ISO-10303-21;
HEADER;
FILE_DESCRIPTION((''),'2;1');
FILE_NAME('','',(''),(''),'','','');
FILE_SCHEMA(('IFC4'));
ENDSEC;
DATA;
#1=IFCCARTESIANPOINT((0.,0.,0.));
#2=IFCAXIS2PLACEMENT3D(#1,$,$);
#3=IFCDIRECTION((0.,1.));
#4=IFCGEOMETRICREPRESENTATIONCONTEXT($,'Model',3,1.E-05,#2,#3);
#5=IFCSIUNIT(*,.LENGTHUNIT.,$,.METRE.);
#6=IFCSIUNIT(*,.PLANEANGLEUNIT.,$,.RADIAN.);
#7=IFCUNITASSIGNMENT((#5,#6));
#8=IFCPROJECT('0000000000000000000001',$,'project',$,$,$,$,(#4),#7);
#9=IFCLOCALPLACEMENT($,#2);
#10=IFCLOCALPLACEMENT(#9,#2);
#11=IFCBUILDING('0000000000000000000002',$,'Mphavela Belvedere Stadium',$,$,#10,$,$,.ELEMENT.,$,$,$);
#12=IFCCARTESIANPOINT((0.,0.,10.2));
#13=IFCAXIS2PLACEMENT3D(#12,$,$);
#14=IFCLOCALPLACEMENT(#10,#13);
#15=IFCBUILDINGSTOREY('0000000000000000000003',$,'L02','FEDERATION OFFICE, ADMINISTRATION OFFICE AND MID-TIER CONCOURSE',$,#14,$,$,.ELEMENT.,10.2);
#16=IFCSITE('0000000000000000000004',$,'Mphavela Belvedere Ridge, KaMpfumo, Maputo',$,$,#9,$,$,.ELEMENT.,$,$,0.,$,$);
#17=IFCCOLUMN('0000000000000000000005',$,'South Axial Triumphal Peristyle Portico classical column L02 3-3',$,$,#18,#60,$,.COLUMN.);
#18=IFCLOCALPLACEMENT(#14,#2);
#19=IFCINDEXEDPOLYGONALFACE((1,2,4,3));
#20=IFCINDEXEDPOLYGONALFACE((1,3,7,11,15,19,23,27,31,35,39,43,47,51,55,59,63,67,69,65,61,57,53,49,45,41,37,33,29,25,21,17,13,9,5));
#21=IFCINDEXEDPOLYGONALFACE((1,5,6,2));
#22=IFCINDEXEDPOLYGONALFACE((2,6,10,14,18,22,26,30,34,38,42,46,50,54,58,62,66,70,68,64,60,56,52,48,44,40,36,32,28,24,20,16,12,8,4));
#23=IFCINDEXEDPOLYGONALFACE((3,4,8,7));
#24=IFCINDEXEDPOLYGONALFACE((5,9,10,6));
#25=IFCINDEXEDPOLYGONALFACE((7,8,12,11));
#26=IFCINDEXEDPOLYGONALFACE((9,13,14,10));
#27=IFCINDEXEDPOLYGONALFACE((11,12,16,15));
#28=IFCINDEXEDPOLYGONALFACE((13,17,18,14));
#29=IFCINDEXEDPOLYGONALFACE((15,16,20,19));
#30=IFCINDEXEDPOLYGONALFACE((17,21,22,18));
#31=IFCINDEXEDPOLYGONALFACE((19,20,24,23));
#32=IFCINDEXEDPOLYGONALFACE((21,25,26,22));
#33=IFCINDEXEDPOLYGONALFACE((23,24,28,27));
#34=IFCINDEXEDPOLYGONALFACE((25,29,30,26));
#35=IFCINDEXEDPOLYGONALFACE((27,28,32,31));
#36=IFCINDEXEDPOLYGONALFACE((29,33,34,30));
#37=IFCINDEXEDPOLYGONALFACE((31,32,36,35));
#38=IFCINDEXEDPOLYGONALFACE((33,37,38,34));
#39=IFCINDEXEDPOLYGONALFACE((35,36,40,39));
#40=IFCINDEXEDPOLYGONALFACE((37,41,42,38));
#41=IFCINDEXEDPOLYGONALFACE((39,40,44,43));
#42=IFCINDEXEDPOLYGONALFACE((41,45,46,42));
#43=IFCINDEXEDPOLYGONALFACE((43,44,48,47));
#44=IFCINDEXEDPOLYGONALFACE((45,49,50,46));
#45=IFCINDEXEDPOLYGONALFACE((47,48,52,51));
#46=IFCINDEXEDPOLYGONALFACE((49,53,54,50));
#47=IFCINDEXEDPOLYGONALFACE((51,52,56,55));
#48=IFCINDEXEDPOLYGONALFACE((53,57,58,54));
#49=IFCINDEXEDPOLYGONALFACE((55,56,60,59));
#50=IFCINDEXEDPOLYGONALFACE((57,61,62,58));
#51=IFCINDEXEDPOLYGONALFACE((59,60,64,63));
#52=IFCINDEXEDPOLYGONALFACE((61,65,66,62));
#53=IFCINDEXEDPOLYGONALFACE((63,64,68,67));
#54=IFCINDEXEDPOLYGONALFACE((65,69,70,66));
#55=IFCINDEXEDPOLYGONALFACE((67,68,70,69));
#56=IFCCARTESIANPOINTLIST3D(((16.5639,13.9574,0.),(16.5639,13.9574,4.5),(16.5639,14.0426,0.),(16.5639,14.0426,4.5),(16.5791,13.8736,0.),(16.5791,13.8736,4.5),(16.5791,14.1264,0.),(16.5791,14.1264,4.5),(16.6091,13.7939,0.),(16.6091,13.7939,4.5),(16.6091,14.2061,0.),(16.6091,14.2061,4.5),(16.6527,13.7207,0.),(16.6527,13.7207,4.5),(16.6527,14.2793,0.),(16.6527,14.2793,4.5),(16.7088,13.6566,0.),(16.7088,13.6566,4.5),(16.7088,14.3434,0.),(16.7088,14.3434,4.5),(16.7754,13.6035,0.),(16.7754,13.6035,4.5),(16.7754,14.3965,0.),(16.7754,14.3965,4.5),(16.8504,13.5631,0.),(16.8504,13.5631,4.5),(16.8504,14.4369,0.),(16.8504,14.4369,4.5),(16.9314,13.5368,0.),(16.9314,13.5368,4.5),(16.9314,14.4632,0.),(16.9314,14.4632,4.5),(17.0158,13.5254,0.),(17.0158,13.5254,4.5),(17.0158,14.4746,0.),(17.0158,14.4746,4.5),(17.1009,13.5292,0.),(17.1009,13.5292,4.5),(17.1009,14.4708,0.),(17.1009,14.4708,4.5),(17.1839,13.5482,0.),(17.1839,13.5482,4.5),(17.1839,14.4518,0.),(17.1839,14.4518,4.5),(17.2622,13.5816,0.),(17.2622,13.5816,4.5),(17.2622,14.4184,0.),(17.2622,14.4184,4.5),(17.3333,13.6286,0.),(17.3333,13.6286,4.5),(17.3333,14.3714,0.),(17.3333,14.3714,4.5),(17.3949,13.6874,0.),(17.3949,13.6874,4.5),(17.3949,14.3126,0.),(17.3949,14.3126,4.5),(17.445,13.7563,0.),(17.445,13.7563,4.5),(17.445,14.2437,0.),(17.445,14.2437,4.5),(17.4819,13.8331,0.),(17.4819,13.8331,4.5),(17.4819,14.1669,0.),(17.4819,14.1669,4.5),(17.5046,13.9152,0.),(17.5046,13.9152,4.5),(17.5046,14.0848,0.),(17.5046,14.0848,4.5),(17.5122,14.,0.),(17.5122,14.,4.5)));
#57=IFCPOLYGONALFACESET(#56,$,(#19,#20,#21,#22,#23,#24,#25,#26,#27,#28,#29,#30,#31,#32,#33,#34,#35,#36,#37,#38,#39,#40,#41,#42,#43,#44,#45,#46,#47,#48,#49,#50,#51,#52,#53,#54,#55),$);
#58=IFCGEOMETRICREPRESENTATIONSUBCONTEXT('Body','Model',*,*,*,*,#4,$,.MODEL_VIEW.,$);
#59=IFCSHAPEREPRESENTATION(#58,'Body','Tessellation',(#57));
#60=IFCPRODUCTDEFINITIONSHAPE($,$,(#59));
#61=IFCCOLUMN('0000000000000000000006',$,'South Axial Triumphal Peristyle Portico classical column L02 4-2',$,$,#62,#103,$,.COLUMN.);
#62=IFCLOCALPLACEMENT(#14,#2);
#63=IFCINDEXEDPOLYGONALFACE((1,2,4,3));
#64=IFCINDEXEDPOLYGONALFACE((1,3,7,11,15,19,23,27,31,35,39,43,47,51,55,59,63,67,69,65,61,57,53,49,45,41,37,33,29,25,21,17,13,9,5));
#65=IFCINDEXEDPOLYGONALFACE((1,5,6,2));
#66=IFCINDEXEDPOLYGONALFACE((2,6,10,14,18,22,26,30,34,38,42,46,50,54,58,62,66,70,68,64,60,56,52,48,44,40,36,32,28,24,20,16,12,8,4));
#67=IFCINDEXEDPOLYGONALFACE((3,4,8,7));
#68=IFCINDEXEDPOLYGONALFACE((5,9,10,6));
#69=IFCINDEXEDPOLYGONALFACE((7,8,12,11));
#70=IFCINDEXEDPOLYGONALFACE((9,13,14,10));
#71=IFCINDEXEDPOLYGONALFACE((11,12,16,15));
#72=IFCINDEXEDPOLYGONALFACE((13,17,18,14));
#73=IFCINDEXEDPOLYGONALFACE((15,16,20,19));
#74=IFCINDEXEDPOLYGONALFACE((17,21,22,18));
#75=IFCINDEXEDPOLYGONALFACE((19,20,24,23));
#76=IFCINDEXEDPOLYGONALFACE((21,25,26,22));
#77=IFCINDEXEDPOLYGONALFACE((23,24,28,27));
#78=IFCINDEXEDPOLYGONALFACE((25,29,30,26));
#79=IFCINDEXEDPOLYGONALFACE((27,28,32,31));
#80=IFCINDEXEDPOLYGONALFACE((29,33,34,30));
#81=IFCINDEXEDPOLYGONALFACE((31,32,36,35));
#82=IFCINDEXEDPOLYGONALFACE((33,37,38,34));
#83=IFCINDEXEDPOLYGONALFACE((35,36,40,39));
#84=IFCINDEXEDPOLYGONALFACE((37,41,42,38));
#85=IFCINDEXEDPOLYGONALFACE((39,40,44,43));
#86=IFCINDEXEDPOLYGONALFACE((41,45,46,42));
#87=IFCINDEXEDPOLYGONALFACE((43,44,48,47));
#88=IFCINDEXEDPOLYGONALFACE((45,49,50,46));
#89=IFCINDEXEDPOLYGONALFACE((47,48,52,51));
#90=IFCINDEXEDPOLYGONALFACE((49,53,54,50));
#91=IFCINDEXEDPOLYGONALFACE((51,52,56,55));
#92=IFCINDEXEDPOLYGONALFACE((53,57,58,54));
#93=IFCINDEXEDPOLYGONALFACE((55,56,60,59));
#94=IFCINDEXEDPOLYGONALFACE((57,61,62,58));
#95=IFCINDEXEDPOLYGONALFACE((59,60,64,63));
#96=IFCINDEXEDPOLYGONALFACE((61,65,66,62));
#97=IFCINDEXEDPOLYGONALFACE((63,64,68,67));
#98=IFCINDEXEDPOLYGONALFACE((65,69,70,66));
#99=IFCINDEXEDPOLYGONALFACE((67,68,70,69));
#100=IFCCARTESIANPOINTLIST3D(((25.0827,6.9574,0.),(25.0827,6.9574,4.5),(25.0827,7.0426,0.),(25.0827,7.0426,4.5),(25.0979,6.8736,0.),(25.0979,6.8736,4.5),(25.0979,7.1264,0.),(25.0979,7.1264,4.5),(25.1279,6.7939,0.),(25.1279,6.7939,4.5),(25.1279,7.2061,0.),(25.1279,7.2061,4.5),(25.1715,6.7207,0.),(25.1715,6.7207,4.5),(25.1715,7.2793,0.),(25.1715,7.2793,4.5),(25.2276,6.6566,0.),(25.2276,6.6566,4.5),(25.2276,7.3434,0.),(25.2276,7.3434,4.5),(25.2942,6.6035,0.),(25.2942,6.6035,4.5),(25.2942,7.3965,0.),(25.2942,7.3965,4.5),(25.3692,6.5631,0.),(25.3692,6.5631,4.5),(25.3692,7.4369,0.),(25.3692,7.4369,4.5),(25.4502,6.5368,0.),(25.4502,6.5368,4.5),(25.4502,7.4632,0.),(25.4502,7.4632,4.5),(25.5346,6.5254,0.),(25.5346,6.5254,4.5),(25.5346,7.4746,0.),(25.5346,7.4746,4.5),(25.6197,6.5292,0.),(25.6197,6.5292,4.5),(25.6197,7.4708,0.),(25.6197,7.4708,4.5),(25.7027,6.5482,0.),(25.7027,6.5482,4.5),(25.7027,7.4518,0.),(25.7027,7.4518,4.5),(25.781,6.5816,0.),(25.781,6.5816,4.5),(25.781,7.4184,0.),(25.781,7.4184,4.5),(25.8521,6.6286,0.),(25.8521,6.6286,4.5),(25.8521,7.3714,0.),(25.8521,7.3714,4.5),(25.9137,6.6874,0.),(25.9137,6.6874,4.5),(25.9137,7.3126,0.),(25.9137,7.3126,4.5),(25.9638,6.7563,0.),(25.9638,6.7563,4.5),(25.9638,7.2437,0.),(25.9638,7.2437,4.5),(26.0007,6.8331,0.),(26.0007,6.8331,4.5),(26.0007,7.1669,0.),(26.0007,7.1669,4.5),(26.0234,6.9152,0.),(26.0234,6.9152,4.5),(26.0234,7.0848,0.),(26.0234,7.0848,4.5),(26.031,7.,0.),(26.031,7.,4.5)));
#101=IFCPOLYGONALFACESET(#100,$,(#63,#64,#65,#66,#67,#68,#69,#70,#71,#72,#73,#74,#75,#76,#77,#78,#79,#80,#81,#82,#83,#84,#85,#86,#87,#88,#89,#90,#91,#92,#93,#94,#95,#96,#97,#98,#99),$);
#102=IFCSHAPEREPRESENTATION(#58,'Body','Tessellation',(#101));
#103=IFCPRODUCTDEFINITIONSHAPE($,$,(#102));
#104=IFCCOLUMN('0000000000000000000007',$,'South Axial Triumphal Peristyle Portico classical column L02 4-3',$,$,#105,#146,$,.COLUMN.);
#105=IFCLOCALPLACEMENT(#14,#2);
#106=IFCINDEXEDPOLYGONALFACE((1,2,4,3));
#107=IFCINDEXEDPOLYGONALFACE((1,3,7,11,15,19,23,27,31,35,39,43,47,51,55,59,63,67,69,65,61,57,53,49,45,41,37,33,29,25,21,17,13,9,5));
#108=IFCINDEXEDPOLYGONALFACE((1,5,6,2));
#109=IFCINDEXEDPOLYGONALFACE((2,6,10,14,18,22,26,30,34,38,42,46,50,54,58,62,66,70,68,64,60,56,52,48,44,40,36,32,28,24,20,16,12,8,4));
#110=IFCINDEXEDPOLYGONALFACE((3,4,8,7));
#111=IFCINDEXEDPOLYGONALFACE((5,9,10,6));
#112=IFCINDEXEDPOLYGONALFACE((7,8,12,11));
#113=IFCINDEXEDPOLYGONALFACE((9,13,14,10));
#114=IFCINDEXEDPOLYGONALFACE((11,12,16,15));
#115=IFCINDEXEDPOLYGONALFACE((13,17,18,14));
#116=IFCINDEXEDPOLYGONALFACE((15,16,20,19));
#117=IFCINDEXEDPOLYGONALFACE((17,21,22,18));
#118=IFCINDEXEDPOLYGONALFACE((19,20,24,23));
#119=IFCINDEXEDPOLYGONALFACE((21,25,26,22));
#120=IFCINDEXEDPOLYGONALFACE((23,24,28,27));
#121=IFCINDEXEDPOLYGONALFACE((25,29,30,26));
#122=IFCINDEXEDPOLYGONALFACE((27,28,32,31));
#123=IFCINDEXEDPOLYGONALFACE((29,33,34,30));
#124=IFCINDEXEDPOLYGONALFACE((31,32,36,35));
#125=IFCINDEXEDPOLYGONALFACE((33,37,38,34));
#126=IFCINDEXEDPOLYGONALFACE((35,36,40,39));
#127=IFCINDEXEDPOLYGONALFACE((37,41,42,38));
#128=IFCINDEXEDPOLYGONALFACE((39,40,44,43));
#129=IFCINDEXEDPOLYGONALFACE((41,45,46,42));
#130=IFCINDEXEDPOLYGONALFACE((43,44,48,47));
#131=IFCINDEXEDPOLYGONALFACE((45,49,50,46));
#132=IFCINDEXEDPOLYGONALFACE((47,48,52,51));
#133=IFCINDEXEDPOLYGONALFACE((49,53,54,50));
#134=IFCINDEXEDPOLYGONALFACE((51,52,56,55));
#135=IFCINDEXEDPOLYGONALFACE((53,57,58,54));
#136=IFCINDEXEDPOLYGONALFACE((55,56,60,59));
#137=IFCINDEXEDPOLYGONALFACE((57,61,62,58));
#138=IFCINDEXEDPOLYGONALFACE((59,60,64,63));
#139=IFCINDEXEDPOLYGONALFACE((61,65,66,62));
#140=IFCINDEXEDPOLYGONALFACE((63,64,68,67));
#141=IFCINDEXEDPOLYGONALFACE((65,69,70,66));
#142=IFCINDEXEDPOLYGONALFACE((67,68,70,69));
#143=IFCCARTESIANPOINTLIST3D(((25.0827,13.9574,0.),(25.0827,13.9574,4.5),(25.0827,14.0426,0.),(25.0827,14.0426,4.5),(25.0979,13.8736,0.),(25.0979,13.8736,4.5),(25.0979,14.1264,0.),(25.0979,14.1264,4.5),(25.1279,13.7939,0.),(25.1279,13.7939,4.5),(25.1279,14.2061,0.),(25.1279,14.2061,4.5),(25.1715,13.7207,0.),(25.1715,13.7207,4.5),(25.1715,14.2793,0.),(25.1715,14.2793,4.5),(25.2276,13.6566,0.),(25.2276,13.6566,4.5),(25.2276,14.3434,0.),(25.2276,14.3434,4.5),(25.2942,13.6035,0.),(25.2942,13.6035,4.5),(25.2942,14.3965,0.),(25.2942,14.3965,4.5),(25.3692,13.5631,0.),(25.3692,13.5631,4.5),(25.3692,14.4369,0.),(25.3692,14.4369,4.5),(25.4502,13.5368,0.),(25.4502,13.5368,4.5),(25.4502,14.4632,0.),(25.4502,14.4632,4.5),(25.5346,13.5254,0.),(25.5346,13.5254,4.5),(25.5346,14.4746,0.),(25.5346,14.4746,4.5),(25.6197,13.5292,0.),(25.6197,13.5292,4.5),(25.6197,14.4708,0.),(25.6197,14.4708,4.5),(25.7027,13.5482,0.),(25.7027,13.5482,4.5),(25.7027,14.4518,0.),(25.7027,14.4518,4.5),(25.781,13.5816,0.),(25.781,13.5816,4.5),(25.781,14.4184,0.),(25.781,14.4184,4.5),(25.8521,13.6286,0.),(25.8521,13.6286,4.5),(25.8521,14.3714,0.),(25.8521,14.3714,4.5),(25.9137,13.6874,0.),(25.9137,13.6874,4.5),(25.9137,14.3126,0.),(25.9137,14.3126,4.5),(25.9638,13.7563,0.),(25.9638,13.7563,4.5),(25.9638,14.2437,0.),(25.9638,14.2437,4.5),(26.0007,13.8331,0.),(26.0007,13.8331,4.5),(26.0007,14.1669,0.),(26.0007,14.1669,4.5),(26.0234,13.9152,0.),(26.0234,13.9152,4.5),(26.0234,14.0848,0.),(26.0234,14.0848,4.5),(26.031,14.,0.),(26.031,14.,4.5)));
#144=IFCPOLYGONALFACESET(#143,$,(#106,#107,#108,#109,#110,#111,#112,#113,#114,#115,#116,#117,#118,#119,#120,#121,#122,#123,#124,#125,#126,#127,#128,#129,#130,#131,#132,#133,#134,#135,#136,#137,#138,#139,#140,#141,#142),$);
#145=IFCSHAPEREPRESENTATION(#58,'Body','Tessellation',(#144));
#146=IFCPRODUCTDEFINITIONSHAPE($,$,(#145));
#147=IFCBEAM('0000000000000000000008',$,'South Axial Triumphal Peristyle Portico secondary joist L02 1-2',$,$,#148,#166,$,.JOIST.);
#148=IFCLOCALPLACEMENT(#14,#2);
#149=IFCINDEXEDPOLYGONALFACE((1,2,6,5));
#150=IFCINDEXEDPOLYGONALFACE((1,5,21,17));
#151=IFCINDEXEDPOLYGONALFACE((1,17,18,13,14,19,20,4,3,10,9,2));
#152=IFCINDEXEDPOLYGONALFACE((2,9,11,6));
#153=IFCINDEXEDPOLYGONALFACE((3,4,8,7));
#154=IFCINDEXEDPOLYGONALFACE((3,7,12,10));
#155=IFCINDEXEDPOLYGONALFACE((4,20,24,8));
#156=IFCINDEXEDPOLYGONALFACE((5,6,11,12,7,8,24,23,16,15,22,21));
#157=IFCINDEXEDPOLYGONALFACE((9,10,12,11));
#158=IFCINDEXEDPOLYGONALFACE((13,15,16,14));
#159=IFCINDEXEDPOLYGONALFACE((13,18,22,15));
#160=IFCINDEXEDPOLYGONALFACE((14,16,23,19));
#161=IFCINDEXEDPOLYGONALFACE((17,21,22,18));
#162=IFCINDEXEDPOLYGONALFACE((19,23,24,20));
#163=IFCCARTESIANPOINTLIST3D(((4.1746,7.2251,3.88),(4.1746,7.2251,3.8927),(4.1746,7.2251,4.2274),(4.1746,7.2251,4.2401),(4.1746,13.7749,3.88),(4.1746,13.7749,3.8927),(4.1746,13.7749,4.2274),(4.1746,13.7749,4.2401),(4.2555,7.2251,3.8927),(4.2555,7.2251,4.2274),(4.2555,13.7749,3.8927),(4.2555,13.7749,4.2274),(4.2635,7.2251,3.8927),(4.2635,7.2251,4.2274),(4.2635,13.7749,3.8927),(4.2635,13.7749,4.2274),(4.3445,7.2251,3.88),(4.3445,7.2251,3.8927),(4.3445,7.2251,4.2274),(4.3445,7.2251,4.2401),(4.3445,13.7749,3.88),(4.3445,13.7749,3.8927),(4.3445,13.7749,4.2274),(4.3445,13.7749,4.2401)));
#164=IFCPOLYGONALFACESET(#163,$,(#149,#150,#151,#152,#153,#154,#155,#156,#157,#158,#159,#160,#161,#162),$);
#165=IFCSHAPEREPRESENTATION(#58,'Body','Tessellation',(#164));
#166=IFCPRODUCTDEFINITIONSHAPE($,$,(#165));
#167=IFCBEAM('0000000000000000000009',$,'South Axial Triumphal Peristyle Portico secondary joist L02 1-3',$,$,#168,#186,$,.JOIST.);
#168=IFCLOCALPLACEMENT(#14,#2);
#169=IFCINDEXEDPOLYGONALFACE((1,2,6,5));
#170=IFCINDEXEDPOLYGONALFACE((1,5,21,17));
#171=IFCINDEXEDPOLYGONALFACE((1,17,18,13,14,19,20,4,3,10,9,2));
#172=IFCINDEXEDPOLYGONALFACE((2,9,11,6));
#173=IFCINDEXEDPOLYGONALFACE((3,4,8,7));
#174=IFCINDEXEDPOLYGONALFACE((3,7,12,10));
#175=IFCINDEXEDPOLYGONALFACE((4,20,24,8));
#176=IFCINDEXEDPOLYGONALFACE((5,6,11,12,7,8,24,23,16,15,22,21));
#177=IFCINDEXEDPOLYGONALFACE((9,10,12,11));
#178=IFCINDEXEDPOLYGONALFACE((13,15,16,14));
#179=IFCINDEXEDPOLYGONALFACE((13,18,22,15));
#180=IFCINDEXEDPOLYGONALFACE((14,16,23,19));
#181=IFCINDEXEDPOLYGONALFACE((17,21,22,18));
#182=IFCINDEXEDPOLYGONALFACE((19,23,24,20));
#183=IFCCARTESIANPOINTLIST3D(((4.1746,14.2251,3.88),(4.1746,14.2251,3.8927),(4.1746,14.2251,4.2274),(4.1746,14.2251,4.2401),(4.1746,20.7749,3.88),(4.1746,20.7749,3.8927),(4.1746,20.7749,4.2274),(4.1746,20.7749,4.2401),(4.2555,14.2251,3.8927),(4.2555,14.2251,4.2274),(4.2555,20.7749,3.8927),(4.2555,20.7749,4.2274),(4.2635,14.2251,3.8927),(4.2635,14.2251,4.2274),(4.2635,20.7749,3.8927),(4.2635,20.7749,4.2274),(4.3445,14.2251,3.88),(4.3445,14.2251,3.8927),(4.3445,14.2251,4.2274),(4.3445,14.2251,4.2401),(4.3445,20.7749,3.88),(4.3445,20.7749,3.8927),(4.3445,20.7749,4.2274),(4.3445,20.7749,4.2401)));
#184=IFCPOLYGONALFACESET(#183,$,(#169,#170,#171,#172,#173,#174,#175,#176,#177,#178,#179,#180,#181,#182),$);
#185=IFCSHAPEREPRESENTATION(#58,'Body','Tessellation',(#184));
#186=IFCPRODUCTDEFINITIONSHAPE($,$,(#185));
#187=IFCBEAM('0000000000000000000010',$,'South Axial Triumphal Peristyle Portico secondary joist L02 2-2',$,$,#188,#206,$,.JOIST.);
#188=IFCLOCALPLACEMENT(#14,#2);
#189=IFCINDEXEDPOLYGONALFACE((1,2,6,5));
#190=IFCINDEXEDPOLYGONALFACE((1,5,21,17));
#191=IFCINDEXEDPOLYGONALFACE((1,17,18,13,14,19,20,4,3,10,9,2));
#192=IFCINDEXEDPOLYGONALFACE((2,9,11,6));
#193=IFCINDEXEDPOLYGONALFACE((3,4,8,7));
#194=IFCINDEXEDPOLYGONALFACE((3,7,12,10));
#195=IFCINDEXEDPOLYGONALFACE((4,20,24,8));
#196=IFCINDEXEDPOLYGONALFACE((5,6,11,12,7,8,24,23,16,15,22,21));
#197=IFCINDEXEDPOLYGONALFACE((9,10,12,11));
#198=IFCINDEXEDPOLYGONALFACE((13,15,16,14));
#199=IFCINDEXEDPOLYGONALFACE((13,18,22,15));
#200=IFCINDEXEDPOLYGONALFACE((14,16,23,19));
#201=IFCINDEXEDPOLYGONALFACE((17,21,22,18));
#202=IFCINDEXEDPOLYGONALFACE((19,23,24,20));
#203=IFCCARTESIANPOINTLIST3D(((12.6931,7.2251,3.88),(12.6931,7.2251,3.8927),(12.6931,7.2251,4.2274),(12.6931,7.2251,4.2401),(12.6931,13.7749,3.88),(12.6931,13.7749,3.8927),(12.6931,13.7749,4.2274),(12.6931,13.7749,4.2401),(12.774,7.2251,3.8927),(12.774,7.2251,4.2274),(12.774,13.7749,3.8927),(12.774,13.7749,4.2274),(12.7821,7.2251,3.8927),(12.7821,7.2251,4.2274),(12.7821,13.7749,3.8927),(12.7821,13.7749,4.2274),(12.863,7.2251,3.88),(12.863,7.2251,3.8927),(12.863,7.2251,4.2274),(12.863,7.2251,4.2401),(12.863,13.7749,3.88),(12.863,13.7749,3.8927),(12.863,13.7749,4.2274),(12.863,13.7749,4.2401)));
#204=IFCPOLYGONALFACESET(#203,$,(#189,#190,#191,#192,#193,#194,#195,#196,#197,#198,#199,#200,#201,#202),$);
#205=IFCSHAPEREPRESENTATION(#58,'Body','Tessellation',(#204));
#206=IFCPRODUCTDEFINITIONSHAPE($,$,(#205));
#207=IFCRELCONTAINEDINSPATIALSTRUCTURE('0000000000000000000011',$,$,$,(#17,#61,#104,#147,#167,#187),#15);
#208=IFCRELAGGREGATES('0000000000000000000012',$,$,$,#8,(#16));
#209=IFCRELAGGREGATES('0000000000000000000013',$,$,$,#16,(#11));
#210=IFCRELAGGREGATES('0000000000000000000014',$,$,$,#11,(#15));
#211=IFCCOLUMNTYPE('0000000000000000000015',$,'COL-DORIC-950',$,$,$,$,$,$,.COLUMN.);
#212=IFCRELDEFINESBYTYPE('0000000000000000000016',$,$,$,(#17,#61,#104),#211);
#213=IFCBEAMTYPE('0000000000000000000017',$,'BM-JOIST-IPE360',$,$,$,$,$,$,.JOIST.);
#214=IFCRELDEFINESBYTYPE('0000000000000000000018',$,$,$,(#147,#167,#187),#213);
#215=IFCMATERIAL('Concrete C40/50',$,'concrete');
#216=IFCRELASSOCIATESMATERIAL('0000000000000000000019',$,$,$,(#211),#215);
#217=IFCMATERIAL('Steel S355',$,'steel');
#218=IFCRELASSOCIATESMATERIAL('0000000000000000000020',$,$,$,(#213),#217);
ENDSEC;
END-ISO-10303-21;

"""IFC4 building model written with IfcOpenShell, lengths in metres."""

from ifc_helpers import new_model, si_unit, direction, frame, origin, origin_2d, place, context, subcontext, project, spatial, circle, i_section, extrude, material, material_profile, profile_set, type_object, element, save


model = new_model("IFC4")

# Units and contexts
model_context = context("Model", 3, precision=1e-05, world=origin(), true_north=direction((0.0, 1.0)))
body_context = subcontext(model_context, "Body", "Model", "MODEL_VIEW")
ifc_project = project(units=[si_unit("LENGTHUNIT", "METRE"), si_unit("PLANEANGLEUNIT", "RADIAN")], contexts=[model_context])

# Site, building, storey
site_placement = place(None, origin())
site = spatial("IfcSite", under=ifc_project, at=site_placement, Name="Mphavela Belvedere Ridge, KaMpfumo, Maputo", CompositionType="ELEMENT", RefElevation=0.0)
building_placement = place(site_placement, origin())
building = spatial("IfcBuilding", under=site, at=building_placement, Name="Mphavela Belvedere Stadium", CompositionType="ELEMENT")
storey_placement = place(building_placement, frame((0.0, 0.0, 10.2)))
storey = spatial("IfcBuildingStorey", under=building, at=storey_placement, Name="L02", Description="FEDERATION OFFICE, ADMINISTRATION OFFICE AND MID-TIER CONCOURSE", CompositionType="ELEMENT", Elevation=10.2)

# Columns
ifc_material_1 = material(Name="Concrete C40/50", Category="concrete")
ifc_material_profile_1 = material_profile(ifc_material_1, circle(Radius=0.4751, at=origin_2d()), Name="COL D950")
ifc_profile_set_1 = profile_set([ifc_material_profile_1], Name="Concrete C40/50")
column_type = type_object("IfcColumnType", Name="COL-DORIC-950", PredefinedType="COLUMN", material=ifc_profile_set_1)
for number, where, z_axis, x_axis, name in (
    (1, (17.0371, 14.0, 0.0), (0.0, 0.0, 1.0), (1.0, 0.0, 0.0), "South Axial Triumphal Peristyle Portico classical column L02 3-3"),
    (2, (25.5559, 7.0, 0.0), (0.0, 0.0, 1.0), (1.0, 0.0, 0.0), "South Axial Triumphal Peristyle Portico classical column L02 4-2"),
    (3, (25.5559, 14.0, 0.0), (0.0, 0.0, 1.0), (1.0, 0.0, 0.0), "South Axial Triumphal Peristyle Portico classical column L02 4-3"),
):
    element("IfcColumn", number, at=place(storey_placement, frame(where, z_axis=z_axis, x_axis=x_axis)), inside=storey, type_object=column_type, Name=name, PredefinedType="COLUMN", context=body_context, shape_type="SweptSolid", body=[
        extrude(circle(Radius=0.4751, at=origin_2d()), origin(), (0.0, 0.0, 1.0), 4.5),
    ])

# Beams
ifc_material_2 = material(Name="Steel S355", Category="steel")
ifc_material_profile_2 = material_profile(ifc_material_2, i_section(OverallWidth=0.1699, OverallDepth=0.3601, WebThickness=0.0081, FlangeThickness=0.0127, at=origin_2d()), Name="IPE 360")
ifc_profile_set_2 = profile_set([ifc_material_profile_2], Name="Steel S355")
beam_type_1 = type_object("IfcBeamType", Name="BM-JOIST-IPE360", PredefinedType="JOIST", material=ifc_profile_set_2)
for number, where, z_axis, x_axis, name in (
    (4, (4.2595, 7.2251, 4.0601), (0.0, 1.0, 0.0), (-1.0, 0.0, 0.0), "South Axial Triumphal Peristyle Portico secondary joist L02 1-2"),
    (5, (4.2595, 14.2251, 4.0601), (0.0, 1.0, 0.0), (-1.0, 0.0, 0.0), "South Axial Triumphal Peristyle Portico secondary joist L02 1-3"),
    (6, (12.7781, 7.2251, 4.0601), (0.0, 1.0, 0.0), (-1.0, 0.0, 0.0), "South Axial Triumphal Peristyle Portico secondary joist L02 2-2"),
):
    element("IfcBeam", number, at=place(storey_placement, frame(where, z_axis=z_axis, x_axis=x_axis)), inside=storey, type_object=beam_type_1, Name=name, PredefinedType="JOIST", context=body_context, shape_type="SweptSolid", body=[
        extrude(i_section(OverallWidth=0.1699, OverallDepth=0.3601, WebThickness=0.0081, FlangeThickness=0.0127, at=origin_2d()), origin(), (0.0, 0.0, 1.0), 6.5498),
    ])

save(model, "model.ifc")
